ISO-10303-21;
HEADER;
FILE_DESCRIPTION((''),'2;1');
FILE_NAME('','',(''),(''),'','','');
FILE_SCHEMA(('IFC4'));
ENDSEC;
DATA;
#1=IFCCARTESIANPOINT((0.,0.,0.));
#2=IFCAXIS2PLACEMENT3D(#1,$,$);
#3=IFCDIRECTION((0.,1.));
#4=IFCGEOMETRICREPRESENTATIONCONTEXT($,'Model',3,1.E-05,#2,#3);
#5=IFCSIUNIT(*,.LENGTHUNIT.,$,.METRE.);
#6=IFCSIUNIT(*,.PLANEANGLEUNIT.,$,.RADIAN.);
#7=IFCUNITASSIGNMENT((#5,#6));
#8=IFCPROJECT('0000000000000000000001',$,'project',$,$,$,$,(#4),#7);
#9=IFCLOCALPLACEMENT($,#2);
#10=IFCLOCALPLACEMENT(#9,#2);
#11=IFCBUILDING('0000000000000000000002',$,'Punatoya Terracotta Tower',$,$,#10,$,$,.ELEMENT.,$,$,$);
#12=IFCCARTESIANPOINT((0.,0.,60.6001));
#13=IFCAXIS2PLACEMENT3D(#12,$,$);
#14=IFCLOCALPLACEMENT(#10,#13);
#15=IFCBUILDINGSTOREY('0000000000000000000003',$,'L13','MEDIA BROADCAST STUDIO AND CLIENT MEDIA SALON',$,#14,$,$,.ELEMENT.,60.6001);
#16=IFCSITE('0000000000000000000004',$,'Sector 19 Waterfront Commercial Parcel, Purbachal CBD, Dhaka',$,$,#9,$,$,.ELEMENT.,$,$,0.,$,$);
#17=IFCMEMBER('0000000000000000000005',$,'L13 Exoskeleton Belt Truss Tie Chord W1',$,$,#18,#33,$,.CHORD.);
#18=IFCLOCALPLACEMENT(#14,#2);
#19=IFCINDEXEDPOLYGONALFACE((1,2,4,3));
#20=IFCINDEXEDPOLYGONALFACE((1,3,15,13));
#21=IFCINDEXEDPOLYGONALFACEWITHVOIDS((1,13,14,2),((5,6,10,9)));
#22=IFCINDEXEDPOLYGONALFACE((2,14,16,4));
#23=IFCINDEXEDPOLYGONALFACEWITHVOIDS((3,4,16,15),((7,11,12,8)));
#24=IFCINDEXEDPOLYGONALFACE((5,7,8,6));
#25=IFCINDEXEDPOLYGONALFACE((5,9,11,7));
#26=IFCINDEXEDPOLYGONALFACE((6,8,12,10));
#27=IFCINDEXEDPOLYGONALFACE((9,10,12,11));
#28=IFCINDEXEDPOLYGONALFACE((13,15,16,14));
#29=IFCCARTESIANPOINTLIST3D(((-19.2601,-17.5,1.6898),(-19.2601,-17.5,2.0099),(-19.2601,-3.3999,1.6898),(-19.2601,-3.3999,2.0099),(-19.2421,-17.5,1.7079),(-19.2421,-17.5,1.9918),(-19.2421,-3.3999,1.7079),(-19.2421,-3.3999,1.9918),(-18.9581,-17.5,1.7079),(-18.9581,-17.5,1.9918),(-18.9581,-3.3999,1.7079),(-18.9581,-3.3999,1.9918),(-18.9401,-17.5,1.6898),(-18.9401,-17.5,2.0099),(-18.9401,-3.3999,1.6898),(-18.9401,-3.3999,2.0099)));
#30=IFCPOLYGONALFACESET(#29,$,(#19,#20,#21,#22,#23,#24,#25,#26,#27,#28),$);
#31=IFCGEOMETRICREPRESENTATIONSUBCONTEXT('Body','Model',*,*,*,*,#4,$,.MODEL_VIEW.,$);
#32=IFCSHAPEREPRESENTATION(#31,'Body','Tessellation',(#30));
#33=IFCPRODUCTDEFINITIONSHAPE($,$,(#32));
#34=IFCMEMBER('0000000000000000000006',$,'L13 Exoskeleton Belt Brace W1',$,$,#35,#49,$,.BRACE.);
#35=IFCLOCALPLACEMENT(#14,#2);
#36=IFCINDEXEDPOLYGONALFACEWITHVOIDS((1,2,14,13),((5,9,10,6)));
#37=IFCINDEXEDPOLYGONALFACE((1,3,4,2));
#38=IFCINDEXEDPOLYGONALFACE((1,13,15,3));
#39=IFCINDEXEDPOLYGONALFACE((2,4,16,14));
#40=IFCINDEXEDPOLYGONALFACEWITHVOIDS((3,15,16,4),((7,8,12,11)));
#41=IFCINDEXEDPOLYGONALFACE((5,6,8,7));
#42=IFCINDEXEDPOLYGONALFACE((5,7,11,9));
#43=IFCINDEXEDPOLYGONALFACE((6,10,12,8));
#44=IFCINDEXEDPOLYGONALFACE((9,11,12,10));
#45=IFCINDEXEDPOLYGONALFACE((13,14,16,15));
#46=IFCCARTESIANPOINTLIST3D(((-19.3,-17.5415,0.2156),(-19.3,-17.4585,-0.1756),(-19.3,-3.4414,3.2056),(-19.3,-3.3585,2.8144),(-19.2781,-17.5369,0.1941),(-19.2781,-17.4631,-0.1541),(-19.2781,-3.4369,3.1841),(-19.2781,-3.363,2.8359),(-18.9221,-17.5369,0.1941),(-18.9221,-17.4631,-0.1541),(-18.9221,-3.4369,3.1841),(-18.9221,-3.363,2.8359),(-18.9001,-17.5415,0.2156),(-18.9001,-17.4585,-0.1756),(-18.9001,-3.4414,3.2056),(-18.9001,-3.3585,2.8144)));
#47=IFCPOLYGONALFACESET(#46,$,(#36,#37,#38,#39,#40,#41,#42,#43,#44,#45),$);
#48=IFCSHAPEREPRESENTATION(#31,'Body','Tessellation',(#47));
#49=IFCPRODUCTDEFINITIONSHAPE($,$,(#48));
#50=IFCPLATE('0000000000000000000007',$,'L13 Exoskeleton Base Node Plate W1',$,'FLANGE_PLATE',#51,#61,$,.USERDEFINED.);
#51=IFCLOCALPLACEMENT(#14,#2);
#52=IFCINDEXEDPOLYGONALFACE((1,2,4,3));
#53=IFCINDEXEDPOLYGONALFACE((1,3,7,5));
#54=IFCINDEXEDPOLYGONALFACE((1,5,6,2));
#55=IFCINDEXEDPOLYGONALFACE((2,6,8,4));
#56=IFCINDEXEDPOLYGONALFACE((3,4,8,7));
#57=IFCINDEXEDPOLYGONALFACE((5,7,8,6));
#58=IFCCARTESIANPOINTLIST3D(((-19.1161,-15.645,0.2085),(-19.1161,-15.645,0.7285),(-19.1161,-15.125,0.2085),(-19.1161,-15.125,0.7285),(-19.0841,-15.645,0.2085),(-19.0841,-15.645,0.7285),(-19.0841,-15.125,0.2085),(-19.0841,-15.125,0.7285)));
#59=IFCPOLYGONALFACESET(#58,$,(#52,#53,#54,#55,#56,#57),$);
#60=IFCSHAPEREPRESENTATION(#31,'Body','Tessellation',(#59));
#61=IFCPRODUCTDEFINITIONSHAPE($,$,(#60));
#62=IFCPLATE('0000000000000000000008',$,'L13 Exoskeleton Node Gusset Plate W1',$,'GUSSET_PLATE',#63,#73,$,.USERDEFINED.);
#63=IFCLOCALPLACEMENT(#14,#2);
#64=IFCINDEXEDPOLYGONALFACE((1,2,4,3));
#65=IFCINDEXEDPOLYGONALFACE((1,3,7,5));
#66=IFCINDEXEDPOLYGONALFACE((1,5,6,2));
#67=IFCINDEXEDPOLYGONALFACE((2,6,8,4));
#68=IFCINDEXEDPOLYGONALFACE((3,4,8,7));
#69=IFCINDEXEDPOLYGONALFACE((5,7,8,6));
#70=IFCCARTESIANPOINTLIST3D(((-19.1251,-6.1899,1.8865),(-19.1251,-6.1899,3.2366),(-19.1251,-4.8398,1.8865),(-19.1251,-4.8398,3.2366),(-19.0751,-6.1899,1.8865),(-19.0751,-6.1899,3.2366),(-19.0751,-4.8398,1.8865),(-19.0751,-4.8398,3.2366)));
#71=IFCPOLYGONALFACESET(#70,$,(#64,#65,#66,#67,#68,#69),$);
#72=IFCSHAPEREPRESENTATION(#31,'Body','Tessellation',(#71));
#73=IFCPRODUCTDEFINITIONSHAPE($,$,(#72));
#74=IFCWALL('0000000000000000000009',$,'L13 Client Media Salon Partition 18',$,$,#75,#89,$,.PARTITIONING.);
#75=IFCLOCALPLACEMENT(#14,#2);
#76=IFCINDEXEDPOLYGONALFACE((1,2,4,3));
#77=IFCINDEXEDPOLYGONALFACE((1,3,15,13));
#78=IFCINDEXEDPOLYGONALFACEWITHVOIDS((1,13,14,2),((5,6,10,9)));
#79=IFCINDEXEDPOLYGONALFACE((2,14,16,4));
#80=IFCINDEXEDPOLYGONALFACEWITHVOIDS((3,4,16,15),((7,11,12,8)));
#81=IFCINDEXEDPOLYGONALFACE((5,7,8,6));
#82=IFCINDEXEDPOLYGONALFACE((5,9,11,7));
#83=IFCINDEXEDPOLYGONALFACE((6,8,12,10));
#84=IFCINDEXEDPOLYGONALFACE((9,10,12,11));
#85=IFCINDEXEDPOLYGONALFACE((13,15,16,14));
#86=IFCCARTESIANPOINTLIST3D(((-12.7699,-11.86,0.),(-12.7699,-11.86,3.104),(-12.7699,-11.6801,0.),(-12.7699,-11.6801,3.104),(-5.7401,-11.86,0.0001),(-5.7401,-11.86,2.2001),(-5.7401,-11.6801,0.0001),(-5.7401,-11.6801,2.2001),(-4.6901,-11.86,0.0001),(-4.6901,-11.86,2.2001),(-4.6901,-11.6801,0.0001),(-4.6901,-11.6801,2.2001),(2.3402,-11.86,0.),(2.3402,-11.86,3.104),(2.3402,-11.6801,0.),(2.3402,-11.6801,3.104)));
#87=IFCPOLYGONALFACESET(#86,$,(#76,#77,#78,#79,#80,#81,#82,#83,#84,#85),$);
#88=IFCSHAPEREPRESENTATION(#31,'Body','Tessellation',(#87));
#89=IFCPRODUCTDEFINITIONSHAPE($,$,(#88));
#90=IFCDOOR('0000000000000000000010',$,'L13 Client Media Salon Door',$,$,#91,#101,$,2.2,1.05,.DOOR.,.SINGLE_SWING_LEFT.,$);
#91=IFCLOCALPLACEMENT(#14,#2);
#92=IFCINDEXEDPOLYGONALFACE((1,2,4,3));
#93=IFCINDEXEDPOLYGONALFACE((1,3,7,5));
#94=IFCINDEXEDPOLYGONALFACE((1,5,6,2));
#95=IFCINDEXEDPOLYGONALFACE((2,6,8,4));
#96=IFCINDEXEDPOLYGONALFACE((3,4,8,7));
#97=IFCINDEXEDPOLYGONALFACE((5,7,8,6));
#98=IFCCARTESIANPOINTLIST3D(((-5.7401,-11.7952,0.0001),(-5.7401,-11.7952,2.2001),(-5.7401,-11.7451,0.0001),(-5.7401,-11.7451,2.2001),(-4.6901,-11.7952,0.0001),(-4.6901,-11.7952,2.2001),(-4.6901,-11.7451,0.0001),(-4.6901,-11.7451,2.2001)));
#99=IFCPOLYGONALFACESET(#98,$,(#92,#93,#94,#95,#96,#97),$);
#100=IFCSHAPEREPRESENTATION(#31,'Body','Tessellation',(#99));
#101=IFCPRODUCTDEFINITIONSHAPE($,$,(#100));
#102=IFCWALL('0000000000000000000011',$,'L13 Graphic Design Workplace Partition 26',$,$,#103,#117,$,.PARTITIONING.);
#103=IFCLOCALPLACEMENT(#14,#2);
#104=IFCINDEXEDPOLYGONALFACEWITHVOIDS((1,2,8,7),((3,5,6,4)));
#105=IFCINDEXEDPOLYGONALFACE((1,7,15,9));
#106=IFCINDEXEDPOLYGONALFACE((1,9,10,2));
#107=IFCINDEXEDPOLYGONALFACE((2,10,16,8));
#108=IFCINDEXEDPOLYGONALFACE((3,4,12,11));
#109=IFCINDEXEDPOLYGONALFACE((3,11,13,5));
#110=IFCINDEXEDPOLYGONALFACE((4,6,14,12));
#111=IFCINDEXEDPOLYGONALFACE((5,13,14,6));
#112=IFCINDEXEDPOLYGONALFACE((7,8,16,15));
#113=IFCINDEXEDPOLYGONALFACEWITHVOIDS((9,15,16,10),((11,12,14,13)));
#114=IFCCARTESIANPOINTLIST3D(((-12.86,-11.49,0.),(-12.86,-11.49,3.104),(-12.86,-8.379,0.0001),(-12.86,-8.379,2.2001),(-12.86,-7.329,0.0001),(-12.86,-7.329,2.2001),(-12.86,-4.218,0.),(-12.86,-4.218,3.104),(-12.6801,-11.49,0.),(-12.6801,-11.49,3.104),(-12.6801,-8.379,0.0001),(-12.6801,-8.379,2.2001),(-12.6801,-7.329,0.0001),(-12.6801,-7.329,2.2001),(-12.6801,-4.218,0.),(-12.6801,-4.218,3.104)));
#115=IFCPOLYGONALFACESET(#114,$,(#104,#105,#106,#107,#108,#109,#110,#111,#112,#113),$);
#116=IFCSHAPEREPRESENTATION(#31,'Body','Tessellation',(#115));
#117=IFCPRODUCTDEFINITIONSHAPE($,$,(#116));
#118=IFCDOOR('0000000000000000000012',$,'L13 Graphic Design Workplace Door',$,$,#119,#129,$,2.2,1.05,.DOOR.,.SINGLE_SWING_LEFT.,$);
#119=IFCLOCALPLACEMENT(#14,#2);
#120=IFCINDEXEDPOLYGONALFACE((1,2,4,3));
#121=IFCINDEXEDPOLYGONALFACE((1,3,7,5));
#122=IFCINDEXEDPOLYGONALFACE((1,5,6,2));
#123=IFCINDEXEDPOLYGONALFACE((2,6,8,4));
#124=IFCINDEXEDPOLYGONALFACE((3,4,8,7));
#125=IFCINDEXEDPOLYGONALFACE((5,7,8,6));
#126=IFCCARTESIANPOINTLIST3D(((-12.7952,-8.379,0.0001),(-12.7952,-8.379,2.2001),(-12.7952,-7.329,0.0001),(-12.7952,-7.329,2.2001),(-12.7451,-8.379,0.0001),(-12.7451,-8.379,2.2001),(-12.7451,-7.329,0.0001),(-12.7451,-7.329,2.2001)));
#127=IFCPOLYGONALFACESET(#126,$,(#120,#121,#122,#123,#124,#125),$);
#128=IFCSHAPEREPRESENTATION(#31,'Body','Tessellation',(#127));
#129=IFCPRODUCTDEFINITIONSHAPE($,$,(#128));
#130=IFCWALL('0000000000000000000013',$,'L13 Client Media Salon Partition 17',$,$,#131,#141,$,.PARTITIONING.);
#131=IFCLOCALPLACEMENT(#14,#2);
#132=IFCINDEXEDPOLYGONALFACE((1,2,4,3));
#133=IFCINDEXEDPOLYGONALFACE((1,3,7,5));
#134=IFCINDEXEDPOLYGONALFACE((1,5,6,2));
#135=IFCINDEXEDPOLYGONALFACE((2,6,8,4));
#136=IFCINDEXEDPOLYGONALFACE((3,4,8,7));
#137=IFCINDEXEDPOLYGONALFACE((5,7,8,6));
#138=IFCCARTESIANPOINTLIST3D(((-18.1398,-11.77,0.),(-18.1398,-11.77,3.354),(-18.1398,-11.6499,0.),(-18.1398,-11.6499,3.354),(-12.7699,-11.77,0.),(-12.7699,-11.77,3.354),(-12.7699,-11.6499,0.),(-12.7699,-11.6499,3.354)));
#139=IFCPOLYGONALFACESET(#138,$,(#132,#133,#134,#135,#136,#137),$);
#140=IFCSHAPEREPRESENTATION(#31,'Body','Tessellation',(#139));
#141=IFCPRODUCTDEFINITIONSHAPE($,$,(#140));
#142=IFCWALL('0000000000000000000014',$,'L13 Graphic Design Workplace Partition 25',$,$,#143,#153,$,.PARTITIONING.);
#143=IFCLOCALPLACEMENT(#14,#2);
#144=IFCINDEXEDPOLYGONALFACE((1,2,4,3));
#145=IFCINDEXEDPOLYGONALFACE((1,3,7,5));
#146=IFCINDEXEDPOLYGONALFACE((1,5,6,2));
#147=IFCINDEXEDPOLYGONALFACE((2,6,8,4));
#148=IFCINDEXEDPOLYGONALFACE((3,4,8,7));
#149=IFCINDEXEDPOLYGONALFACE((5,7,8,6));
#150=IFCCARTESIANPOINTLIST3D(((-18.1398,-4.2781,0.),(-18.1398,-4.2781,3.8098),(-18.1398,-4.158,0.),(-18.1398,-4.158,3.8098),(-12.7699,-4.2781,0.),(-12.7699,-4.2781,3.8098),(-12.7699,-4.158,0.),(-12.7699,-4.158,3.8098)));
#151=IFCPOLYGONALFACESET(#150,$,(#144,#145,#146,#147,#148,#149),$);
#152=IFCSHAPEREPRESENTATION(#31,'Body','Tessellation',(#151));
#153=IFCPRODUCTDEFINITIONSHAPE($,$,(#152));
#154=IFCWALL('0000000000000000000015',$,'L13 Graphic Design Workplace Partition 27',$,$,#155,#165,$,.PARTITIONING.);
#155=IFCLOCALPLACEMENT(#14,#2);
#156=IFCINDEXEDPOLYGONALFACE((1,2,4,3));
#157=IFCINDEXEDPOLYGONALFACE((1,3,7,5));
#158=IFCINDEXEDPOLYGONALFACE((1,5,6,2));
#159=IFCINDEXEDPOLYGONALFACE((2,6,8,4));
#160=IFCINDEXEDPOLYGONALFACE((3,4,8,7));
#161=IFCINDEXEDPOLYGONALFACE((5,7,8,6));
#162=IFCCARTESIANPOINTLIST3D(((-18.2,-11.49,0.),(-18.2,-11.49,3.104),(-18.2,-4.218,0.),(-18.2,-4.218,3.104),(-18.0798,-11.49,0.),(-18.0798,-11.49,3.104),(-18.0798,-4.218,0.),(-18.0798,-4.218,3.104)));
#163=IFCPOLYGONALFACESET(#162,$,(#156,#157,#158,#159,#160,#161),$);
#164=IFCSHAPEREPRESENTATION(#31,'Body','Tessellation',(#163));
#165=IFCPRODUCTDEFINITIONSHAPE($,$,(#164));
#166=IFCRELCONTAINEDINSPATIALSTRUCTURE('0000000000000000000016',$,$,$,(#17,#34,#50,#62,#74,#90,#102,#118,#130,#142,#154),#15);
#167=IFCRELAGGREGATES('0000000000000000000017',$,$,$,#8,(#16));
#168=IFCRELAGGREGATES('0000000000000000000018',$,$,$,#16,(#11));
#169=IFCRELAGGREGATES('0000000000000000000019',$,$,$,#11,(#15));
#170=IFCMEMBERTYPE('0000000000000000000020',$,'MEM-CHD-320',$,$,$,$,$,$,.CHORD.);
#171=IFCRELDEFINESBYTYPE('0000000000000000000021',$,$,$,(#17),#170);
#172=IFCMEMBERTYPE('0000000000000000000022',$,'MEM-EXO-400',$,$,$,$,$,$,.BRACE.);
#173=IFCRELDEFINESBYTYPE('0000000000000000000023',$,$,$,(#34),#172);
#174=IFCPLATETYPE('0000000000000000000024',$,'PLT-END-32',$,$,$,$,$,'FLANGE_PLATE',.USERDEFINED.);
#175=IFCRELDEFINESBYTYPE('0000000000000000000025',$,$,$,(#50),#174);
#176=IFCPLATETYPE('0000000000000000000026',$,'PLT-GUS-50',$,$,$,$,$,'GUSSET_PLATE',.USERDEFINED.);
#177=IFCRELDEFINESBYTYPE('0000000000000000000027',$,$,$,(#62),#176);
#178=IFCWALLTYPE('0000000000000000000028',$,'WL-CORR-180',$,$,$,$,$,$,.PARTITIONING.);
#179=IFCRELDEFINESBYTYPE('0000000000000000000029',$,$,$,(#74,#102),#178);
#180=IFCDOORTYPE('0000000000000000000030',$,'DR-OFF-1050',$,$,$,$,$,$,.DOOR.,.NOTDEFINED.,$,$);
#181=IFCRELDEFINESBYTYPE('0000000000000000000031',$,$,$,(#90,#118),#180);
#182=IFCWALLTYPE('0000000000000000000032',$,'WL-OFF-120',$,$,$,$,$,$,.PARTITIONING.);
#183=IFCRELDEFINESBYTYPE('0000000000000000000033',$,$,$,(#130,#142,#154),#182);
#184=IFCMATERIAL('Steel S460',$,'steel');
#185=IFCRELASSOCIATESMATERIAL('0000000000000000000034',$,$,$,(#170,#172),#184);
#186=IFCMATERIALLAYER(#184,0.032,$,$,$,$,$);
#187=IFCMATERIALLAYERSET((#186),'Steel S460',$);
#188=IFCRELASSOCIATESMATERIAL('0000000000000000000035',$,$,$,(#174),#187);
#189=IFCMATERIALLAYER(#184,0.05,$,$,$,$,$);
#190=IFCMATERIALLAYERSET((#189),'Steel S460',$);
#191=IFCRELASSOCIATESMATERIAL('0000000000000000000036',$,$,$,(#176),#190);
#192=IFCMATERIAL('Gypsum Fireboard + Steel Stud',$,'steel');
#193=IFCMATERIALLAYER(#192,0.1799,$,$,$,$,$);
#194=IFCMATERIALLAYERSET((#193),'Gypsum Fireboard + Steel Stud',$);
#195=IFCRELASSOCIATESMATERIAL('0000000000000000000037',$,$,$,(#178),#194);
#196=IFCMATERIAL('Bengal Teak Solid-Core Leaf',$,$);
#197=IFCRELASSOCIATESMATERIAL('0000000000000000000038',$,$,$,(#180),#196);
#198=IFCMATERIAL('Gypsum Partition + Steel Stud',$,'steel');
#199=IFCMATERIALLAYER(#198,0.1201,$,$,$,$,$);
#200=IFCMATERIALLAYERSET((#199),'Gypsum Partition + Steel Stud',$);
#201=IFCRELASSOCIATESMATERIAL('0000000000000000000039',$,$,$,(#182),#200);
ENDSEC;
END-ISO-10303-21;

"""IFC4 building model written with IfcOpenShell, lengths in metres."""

from ifc_helpers import new_model, si_unit, direction, frame, frame_2d, origin, origin_2d, place, context, subcontext, project, spatial, rectangle, hollow_rectangle, extrude, material, layer, layer_set, material_profile, profile_set, type_object, element, fill, save


model = new_model("IFC4")

# Units and contexts
model_context = context("Model", 3, precision=1e-05, world=origin(), true_north=direction((0.0, 1.0)))
body_context = subcontext(model_context, "Body", "Model", "MODEL_VIEW")
ifc_project = project(units=[si_unit("LENGTHUNIT", "METRE"), si_unit("PLANEANGLEUNIT", "RADIAN")], contexts=[model_context])

# Site, building, storey
site_placement = place(None, origin())
site = spatial("IfcSite", under=ifc_project, at=site_placement, Name="Sector 19 Waterfront Commercial Parcel, Purbachal CBD, Dhaka", CompositionType="ELEMENT", RefElevation=0.0)
building_placement = place(site_placement, origin())
building = spatial("IfcBuilding", under=site, at=building_placement, Name="Punatoya Terracotta Tower", CompositionType="ELEMENT")
storey_placement = place(building_placement, frame((0.0, 0.0, 60.6001)))
storey = spatial("IfcBuildingStorey", under=building, at=storey_placement, Name="L13", Description="MEDIA BROADCAST STUDIO AND CLIENT MEDIA SALON", CompositionType="ELEMENT", Elevation=60.6001)

# Shared definitions
ifc_material_1 = material(Name="Steel S460", Category="steel")

# Members
ifc_material_profile_1 = material_profile(ifc_material_1, hollow_rectangle(XDim=0.3201, YDim=0.3201, WallThickness=0.0181, at=origin_2d()))
ifc_profile_set_1 = profile_set([ifc_material_profile_1], Name="Steel S460")
member_type_1 = type_object("IfcMemberType", Name="MEM-CHD-320", PredefinedType="CHORD", material=ifc_profile_set_1)
member_1_placement = place(storey_placement, frame((-19.1001, -17.5, 1.8499), z_axis=(0.0, 1.0, 0.0), x_axis=(-1.0, 0.0, 0.0)))
element("IfcMember", 1, at=member_1_placement, inside=storey, type_object=member_type_1, Name="L13 Exoskeleton Belt Truss Tie Chord W1", PredefinedType="CHORD", context=body_context, shape_type="SweptSolid", body=[
    extrude(hollow_rectangle(XDim=0.3201, YDim=0.3201, WallThickness=0.0181, at=origin_2d()), origin(), (0.0, 0.0, 1.0), 14.1001),
])
ifc_material_profile_2 = material_profile(ifc_material_1, hollow_rectangle(XDim=0.3999, YDim=0.3999, WallThickness=0.022, at=origin_2d()))
ifc_profile_set_2 = profile_set([ifc_material_profile_2], Name="Steel S460")
member_type_2 = type_object("IfcMemberType", Name="MEM-EXO-400", PredefinedType="BRACE", material=ifc_profile_set_2)
member_2_placement = place(storey_placement, frame((-19.1001, -17.5, 0.02), z_axis=(0.0, 0.978247, 0.207442), x_axis=(-1.0, 0.0, 0.0)))
element("IfcMember", 2, at=member_2_placement, inside=storey, type_object=member_type_2, Name="L13 Exoskeleton Belt Brace W1", PredefinedType="BRACE", context=body_context, shape_type="SweptSolid", body=[
    extrude(hollow_rectangle(XDim=0.3999, YDim=0.3999, WallThickness=0.022, at=origin_2d()), origin(), (0.0, 0.0, 1.0), 14.4136),
])

# Plates
ifc_layer_1 = layer(ifc_material_1, 0.032)
ifc_layer_set_1 = layer_set([ifc_layer_1], Name="Steel S460")
plate_type_1 = type_object("IfcPlateType", Name="PLT-END-32", ElementType="FLANGE_PLATE", PredefinedType="USERDEFINED", material=ifc_layer_set_1)
plate_1_placement = place(storey_placement, frame((-19.1001, -15.385, 0.2085), z_axis=(0.0, 0.0, 1.0), x_axis=(0.0, 1.0, 0.0)))
element("IfcPlate", 3, at=plate_1_placement, inside=storey, type_object=plate_type_1, Name="L13 Exoskeleton Base Node Plate W1", ObjectType="FLANGE_PLATE", PredefinedType="USERDEFINED", context=body_context, shape_type="SweptSolid", body=[
    extrude(rectangle(XDim=0.52, YDim=0.032, at=origin_2d()), origin(), (0.0, 0.0, 1.0), 0.52),
])
ifc_layer_2 = layer(ifc_material_1, 0.05)
ifc_layer_set_2 = layer_set([ifc_layer_2], Name="Steel S460")
plate_type_2 = type_object("IfcPlateType", Name="PLT-GUS-50", ElementType="GUSSET_PLATE", PredefinedType="USERDEFINED", material=ifc_layer_set_2)
plate_2_placement = place(storey_placement, frame((-19.1001, -5.5149, 1.8865), z_axis=(0.0, 0.0, 1.0), x_axis=(0.0, 1.0, 0.0)))
element("IfcPlate", 4, at=plate_2_placement, inside=storey, type_object=plate_type_2, Name="L13 Exoskeleton Node Gusset Plate W1", ObjectType="GUSSET_PLATE", PredefinedType="USERDEFINED", context=body_context, shape_type="SweptSolid", body=[
    extrude(rectangle(XDim=1.3501, YDim=0.05, at=origin_2d()), origin(), (0.0, 0.0, 1.0), 1.3501),
])

# Walls, openings, doors
ifc_material_2 = material(Name="Gypsum Fireboard + Steel Stud", Category="steel")
ifc_layer_3 = layer(ifc_material_2, 0.1799)
ifc_layer_set_3 = layer_set([ifc_layer_3], Name="Gypsum Fireboard + Steel Stud")
wall_type_1 = type_object("IfcWallType", Name="WL-CORR-180", PredefinedType="PARTITIONING", material=ifc_layer_set_3)
wall_1_placement = place(storey_placement, frame((-12.77, -11.77, 0.0), z_axis=(0.0, 0.0, 1.0), x_axis=(1.0, 0.0, 0.0)))
wall_1 = element("IfcWall", 5, at=wall_1_placement, inside=storey, type_object=wall_type_1, Name="L13 Client Media Salon Partition 18", PredefinedType="PARTITIONING", context=body_context, shape_type="SweptSolid", body=[
    extrude(rectangle(XDim=15.1101, YDim=0.1799, at=frame_2d((7.5552, 0.0))), origin(), (0.0, 0.0, 1.0), 3.104),
])
opening_1_placement = place(wall_1_placement, frame((7.03, 0.0, 0.0)))
opening_1 = element("IfcOpeningElement", 6, at=opening_1_placement, cuts=wall_1, PredefinedType="OPENING", context=body_context, shape_type="SweptSolid", body=[
    extrude(rectangle(XDim=1.05, YDim=2.2, at=frame_2d((0.5249, 1.1001))), frame((0.0, 0.0999, 0.0), z_axis=(0.0, -1.0, 0.0), x_axis=(1.0, 0.0, 0.0)), (0.0, 0.0, 1.0), 0.2),
])
ifc_material_3 = material(Name="Bengal Teak Solid-Core Leaf")
door_type = type_object("IfcDoorType", Name="DR-OFF-1050", OperationType="NOTDEFINED", PredefinedType="DOOR", material=ifc_material_3)
door_1_placement = place(opening_1_placement, origin())
door_1 = element("IfcDoor", 7, at=door_1_placement, inside=storey, type_object=door_type, Name="L13 Client Media Salon Door", OperationType="SINGLE_SWING_LEFT", OverallHeight=2.2, OverallWidth=1.05, PredefinedType="DOOR", context=body_context, shape_type="SweptSolid", body=[
    extrude(rectangle(XDim=1.05, YDim=2.2, at=frame_2d((0.5249, 1.1001))), frame((0.0, 0.0249, 0.0), z_axis=(0.0, -1.0, 0.0), x_axis=(1.0, 0.0, 0.0)), (0.0, 0.0, 1.0), 0.05),
])
fill(opening_1, door_1)
wall_2_placement = place(storey_placement, frame((-12.77, -4.218, 0.0), z_axis=(0.0, 0.0, 1.0), x_axis=(0.0, -1.0, 0.0)))
wall_2 = element("IfcWall", 8, at=wall_2_placement, inside=storey, type_object=wall_type_1, Name="L13 Graphic Design Workplace Partition 26", PredefinedType="PARTITIONING", context=body_context, shape_type="SweptSolid", body=[
    extrude(rectangle(XDim=7.272, YDim=0.1799, at=frame_2d((3.636, 0.0))), origin(), (0.0, 0.0, 1.0), 3.104),
])
opening_2_placement = place(wall_2_placement, frame((3.1111, 0.0, 0.0)))
opening_2 = element("IfcOpeningElement", 9, at=opening_2_placement, cuts=wall_2, PredefinedType="OPENING", context=body_context, shape_type="SweptSolid", body=[
    extrude(rectangle(XDim=1.05, YDim=2.2, at=frame_2d((0.5249, 1.1001))), frame((0.0, 0.0999, 0.0), z_axis=(0.0, -1.0, 0.0), x_axis=(1.0, 0.0, 0.0)), (0.0, 0.0, 1.0), 0.2),
])
door_2_placement = place(opening_2_placement, origin())
door_2 = element("IfcDoor", 10, at=door_2_placement, inside=storey, type_object=door_type, Name="L13 Graphic Design Workplace Door", OperationType="SINGLE_SWING_LEFT", OverallHeight=2.2, OverallWidth=1.05, PredefinedType="DOOR", context=body_context, shape_type="SweptSolid", body=[
    extrude(rectangle(XDim=1.05, YDim=2.2, at=frame_2d((0.5249, 1.1001))), frame((0.0, 0.0249, 0.0), z_axis=(0.0, -1.0, 0.0), x_axis=(1.0, 0.0, 0.0)), (0.0, 0.0, 1.0), 0.05),
])
fill(opening_2, door_2)

# Walls
ifc_material_4 = material(Name="Gypsum Partition + Steel Stud", Category="steel")
ifc_layer_4 = layer(ifc_material_4, 0.1201)
ifc_layer_set_4 = layer_set([ifc_layer_4], Name="Gypsum Partition + Steel Stud")
wall_type_2 = type_object("IfcWallType", Name="WL-OFF-120", PredefinedType="PARTITIONING", material=ifc_layer_set_4)
wall_3_placement = place(storey_placement, frame((-18.1399, -11.71, 0.0), z_axis=(0.0, 0.0, 1.0), x_axis=(1.0, 0.0, 0.0)))
element("IfcWall", 11, at=wall_3_placement, inside=storey, type_object=wall_type_2, Name="L13 Client Media Salon Partition 17", PredefinedType="PARTITIONING", context=body_context, shape_type="SweptSolid", body=[
    extrude(rectangle(XDim=5.3699, YDim=0.1201, at=frame_2d((2.6851, 0.0))), origin(), (0.0, 0.0, 1.0), 3.354),
])
wall_4_placement = place(storey_placement, frame((-18.1399, -4.218, 0.0), z_axis=(0.0, 0.0, 1.0), x_axis=(1.0, 0.0, 0.0)))
element("IfcWall", 12, at=wall_4_placement, inside=storey, type_object=wall_type_2, Name="L13 Graphic Design Workplace Partition 25", PredefinedType="PARTITIONING", context=body_context, shape_type="SweptSolid", body=[
    extrude(rectangle(XDim=5.3699, YDim=0.1201, at=frame_2d((2.6851, 0.0))), origin(), (0.0, 0.0, 1.0), 3.8098),
])
wall_5_placement = place(storey_placement, frame((-18.1399, -11.49, 0.0), z_axis=(0.0, 0.0, 1.0), x_axis=(0.0, 1.0, 0.0)))
element("IfcWall", 13, at=wall_5_placement, inside=storey, type_object=wall_type_2, Name="L13 Graphic Design Workplace Partition 27", PredefinedType="PARTITIONING", context=body_context, shape_type="SweptSolid", body=[
    extrude(rectangle(XDim=7.272, YDim=0.1201, at=frame_2d((3.636, 0.0))), origin(), (0.0, 0.0, 1.0), 3.104),
])

save(model, "model.ifc")
